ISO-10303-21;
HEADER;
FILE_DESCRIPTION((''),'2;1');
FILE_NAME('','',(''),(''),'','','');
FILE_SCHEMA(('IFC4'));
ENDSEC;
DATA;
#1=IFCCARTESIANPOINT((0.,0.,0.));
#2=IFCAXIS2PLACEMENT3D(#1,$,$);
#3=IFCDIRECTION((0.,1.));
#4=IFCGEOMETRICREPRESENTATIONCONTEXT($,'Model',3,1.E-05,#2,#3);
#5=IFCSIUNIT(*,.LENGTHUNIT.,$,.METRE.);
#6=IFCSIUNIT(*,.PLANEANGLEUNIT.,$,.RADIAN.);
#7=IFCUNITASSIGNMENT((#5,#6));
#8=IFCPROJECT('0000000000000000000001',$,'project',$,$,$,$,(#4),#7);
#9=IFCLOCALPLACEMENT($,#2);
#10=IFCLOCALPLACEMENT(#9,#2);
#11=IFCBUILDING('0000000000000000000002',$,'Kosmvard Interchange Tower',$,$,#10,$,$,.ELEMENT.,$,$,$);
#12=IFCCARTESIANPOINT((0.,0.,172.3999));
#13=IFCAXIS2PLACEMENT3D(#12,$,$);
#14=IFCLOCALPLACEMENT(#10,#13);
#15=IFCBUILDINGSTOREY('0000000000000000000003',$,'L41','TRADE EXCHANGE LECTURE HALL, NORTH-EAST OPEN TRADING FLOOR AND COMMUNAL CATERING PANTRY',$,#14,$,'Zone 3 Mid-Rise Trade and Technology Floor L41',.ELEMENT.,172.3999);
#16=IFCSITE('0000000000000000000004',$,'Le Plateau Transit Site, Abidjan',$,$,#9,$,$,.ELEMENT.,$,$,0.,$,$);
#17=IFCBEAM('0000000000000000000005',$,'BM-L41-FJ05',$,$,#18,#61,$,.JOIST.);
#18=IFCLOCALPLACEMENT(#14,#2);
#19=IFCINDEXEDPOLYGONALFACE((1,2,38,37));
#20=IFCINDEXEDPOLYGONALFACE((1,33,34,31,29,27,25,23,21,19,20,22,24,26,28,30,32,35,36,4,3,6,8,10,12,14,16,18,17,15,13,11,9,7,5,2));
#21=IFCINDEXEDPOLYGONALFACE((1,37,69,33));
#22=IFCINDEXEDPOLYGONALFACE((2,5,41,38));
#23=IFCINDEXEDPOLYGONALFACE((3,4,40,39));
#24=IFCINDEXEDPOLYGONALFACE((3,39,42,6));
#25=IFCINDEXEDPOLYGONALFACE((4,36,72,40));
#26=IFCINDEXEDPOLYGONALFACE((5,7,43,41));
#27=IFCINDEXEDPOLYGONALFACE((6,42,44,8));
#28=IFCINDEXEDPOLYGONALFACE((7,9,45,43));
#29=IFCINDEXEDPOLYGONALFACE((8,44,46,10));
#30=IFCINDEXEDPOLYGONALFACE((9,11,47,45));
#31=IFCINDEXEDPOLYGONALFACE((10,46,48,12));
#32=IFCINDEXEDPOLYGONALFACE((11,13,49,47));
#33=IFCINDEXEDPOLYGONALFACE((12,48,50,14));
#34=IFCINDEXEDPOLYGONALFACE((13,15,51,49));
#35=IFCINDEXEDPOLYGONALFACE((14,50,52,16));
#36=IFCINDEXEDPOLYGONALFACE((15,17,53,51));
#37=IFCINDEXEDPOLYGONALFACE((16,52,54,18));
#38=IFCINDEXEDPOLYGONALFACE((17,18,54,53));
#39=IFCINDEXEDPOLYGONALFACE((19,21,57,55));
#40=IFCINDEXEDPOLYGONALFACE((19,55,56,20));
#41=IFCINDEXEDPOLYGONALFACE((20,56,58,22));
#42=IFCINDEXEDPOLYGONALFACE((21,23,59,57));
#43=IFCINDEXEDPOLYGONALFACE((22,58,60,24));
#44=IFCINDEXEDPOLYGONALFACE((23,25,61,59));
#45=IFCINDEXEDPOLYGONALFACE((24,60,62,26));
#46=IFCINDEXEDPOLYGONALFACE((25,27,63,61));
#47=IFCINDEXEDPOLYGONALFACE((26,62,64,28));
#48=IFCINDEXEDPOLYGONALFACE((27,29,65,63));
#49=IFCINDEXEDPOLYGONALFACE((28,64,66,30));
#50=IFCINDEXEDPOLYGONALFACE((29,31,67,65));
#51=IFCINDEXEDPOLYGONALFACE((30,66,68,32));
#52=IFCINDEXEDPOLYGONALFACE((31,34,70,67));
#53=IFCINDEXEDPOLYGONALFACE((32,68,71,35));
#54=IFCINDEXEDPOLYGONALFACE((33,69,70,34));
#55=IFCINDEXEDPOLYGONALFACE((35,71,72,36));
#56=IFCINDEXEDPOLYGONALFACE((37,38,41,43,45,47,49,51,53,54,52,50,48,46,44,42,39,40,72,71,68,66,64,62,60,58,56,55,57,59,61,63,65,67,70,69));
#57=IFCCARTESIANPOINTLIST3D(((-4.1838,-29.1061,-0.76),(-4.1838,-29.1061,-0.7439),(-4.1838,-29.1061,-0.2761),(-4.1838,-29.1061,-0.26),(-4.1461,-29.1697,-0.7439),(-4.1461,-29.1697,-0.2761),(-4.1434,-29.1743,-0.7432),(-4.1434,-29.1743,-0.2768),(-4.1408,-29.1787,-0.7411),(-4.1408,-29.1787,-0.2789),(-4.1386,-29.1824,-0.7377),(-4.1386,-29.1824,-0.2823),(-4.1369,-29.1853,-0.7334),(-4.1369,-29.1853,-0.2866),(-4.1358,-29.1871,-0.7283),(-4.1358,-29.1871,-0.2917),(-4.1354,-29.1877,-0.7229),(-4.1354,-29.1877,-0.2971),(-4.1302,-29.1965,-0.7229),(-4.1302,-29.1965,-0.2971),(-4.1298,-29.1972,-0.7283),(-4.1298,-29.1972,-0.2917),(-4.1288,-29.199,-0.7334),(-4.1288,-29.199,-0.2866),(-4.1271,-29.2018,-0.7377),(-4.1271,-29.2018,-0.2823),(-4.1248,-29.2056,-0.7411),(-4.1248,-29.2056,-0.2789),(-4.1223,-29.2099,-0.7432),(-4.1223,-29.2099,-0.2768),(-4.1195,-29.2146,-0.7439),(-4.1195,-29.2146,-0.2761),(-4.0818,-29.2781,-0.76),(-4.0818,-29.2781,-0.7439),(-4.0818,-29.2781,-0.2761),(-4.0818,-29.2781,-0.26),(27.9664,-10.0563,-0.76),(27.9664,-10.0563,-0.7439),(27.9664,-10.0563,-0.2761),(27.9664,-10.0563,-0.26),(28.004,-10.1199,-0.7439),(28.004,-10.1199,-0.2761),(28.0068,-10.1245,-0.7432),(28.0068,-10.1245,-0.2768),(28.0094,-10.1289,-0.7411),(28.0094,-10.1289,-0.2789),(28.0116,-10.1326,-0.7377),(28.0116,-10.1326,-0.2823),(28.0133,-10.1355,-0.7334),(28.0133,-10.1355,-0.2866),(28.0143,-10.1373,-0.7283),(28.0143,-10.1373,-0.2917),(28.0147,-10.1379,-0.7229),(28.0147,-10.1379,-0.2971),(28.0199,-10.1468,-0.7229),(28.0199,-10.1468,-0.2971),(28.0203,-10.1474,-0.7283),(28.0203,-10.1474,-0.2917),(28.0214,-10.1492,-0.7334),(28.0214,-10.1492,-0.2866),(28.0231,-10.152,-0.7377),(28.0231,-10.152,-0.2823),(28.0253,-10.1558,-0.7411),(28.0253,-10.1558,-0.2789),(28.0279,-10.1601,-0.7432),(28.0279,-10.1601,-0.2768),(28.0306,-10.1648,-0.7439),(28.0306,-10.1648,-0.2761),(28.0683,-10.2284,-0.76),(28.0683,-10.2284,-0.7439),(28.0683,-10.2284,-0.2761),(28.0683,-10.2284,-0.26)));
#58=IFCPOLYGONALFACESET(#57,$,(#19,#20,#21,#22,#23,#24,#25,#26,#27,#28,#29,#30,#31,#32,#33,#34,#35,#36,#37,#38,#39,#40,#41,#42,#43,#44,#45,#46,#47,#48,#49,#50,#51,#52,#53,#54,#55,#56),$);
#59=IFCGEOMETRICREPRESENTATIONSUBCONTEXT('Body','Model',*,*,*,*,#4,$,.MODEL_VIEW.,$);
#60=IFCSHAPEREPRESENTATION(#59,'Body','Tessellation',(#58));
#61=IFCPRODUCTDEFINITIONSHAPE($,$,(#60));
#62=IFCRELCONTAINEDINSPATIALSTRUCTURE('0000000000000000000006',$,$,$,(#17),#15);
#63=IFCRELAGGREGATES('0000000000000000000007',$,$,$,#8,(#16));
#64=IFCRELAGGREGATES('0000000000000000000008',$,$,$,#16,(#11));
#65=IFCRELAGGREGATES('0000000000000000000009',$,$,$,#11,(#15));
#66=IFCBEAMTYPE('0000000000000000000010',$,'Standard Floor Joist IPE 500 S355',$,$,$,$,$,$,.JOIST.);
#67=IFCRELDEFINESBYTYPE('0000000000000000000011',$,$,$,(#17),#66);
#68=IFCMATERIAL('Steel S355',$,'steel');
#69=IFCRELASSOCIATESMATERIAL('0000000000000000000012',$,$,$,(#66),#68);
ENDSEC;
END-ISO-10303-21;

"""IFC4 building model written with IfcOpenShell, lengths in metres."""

from ifc_helpers import new_model, si_unit, direction, frame, origin, origin_2d, place, context, subcontext, project, spatial, i_section, extrude, source, transform, mapped, material, material_profile, profile_set, type_object, element, save


model = new_model("IFC4")

# Units and contexts
model_context = context("Model", 3, precision=1e-05, world=origin(), true_north=direction((0.0, 1.0)))
body_context = subcontext(model_context, "Body", "Model", "MODEL_VIEW")
ifc_project = project(units=[si_unit("LENGTHUNIT", "METRE"), si_unit("PLANEANGLEUNIT", "RADIAN")], contexts=[model_context])

# Site, building, storey
site_placement = place(None, origin())
site = spatial("IfcSite", under=ifc_project, at=site_placement, Name="Le Plateau Transit Site, Abidjan", CompositionType="ELEMENT", RefElevation=0.0)
building_placement = place(site_placement, origin())
building = spatial("IfcBuilding", under=site, at=building_placement, Name="Kosmvard Interchange Tower", CompositionType="ELEMENT")
storey_placement = place(building_placement, frame((0.0, 0.0, 172.3999)))
storey = spatial("IfcBuildingStorey", under=building, at=storey_placement, Name="L41", Description="TRADE EXCHANGE LECTURE HALL, NORTH-EAST OPEN TRADING FLOOR AND COMMUNAL CATERING PANTRY", LongName="Zone 3 Mid-Rise Trade and Technology Floor L41", CompositionType="ELEMENT", Elevation=172.3999)

# Beam
ifc_material_1 = material(Name="Steel S355", Category="steel")
ifc_material_profile_1 = material_profile(ifc_material_1, i_section(OverallWidth=0.2, OverallDepth=0.5, WebThickness=0.0103, FlangeThickness=0.0161, FilletRadius=0.021, at=origin_2d()), Name="IPE 500")
ifc_profile_set_1 = profile_set([ifc_material_profile_1], Name="Steel S355")
beam_type_1 = type_object("IfcBeamType", Name="Standard Floor Joist IPE 500 S355", PredefinedType="JOIST", material=ifc_profile_set_1)
shared_shape_1 = source(origin(), body_context, "Body", "SweptSolid", [
    extrude(i_section(OverallWidth=0.2, OverallDepth=0.5, WebThickness=0.0103, FlangeThickness=0.0161, FilletRadius=0.021, at=origin_2d()), origin(), (0.0, 0.0, 1.0), 37.3701),
])
beam_1_placement = place(storey_placement, frame((-4.1328, -29.1921, -0.51), z_axis=(0.860317, 0.50976, 0.0), x_axis=(-0.50976, 0.860317, 0.0)))
element("IfcBeam", 1, at=beam_1_placement, inside=storey, type_object=beam_type_1, Name="BM-L41-FJ05", PredefinedType="JOIST", context=body_context, shape_type="MappedRepresentation", body=[
    mapped(shared_shape_1, transform((0.0, 0.0, 0.0), scale=1.0)),
])

save(model, "model.ifc")
